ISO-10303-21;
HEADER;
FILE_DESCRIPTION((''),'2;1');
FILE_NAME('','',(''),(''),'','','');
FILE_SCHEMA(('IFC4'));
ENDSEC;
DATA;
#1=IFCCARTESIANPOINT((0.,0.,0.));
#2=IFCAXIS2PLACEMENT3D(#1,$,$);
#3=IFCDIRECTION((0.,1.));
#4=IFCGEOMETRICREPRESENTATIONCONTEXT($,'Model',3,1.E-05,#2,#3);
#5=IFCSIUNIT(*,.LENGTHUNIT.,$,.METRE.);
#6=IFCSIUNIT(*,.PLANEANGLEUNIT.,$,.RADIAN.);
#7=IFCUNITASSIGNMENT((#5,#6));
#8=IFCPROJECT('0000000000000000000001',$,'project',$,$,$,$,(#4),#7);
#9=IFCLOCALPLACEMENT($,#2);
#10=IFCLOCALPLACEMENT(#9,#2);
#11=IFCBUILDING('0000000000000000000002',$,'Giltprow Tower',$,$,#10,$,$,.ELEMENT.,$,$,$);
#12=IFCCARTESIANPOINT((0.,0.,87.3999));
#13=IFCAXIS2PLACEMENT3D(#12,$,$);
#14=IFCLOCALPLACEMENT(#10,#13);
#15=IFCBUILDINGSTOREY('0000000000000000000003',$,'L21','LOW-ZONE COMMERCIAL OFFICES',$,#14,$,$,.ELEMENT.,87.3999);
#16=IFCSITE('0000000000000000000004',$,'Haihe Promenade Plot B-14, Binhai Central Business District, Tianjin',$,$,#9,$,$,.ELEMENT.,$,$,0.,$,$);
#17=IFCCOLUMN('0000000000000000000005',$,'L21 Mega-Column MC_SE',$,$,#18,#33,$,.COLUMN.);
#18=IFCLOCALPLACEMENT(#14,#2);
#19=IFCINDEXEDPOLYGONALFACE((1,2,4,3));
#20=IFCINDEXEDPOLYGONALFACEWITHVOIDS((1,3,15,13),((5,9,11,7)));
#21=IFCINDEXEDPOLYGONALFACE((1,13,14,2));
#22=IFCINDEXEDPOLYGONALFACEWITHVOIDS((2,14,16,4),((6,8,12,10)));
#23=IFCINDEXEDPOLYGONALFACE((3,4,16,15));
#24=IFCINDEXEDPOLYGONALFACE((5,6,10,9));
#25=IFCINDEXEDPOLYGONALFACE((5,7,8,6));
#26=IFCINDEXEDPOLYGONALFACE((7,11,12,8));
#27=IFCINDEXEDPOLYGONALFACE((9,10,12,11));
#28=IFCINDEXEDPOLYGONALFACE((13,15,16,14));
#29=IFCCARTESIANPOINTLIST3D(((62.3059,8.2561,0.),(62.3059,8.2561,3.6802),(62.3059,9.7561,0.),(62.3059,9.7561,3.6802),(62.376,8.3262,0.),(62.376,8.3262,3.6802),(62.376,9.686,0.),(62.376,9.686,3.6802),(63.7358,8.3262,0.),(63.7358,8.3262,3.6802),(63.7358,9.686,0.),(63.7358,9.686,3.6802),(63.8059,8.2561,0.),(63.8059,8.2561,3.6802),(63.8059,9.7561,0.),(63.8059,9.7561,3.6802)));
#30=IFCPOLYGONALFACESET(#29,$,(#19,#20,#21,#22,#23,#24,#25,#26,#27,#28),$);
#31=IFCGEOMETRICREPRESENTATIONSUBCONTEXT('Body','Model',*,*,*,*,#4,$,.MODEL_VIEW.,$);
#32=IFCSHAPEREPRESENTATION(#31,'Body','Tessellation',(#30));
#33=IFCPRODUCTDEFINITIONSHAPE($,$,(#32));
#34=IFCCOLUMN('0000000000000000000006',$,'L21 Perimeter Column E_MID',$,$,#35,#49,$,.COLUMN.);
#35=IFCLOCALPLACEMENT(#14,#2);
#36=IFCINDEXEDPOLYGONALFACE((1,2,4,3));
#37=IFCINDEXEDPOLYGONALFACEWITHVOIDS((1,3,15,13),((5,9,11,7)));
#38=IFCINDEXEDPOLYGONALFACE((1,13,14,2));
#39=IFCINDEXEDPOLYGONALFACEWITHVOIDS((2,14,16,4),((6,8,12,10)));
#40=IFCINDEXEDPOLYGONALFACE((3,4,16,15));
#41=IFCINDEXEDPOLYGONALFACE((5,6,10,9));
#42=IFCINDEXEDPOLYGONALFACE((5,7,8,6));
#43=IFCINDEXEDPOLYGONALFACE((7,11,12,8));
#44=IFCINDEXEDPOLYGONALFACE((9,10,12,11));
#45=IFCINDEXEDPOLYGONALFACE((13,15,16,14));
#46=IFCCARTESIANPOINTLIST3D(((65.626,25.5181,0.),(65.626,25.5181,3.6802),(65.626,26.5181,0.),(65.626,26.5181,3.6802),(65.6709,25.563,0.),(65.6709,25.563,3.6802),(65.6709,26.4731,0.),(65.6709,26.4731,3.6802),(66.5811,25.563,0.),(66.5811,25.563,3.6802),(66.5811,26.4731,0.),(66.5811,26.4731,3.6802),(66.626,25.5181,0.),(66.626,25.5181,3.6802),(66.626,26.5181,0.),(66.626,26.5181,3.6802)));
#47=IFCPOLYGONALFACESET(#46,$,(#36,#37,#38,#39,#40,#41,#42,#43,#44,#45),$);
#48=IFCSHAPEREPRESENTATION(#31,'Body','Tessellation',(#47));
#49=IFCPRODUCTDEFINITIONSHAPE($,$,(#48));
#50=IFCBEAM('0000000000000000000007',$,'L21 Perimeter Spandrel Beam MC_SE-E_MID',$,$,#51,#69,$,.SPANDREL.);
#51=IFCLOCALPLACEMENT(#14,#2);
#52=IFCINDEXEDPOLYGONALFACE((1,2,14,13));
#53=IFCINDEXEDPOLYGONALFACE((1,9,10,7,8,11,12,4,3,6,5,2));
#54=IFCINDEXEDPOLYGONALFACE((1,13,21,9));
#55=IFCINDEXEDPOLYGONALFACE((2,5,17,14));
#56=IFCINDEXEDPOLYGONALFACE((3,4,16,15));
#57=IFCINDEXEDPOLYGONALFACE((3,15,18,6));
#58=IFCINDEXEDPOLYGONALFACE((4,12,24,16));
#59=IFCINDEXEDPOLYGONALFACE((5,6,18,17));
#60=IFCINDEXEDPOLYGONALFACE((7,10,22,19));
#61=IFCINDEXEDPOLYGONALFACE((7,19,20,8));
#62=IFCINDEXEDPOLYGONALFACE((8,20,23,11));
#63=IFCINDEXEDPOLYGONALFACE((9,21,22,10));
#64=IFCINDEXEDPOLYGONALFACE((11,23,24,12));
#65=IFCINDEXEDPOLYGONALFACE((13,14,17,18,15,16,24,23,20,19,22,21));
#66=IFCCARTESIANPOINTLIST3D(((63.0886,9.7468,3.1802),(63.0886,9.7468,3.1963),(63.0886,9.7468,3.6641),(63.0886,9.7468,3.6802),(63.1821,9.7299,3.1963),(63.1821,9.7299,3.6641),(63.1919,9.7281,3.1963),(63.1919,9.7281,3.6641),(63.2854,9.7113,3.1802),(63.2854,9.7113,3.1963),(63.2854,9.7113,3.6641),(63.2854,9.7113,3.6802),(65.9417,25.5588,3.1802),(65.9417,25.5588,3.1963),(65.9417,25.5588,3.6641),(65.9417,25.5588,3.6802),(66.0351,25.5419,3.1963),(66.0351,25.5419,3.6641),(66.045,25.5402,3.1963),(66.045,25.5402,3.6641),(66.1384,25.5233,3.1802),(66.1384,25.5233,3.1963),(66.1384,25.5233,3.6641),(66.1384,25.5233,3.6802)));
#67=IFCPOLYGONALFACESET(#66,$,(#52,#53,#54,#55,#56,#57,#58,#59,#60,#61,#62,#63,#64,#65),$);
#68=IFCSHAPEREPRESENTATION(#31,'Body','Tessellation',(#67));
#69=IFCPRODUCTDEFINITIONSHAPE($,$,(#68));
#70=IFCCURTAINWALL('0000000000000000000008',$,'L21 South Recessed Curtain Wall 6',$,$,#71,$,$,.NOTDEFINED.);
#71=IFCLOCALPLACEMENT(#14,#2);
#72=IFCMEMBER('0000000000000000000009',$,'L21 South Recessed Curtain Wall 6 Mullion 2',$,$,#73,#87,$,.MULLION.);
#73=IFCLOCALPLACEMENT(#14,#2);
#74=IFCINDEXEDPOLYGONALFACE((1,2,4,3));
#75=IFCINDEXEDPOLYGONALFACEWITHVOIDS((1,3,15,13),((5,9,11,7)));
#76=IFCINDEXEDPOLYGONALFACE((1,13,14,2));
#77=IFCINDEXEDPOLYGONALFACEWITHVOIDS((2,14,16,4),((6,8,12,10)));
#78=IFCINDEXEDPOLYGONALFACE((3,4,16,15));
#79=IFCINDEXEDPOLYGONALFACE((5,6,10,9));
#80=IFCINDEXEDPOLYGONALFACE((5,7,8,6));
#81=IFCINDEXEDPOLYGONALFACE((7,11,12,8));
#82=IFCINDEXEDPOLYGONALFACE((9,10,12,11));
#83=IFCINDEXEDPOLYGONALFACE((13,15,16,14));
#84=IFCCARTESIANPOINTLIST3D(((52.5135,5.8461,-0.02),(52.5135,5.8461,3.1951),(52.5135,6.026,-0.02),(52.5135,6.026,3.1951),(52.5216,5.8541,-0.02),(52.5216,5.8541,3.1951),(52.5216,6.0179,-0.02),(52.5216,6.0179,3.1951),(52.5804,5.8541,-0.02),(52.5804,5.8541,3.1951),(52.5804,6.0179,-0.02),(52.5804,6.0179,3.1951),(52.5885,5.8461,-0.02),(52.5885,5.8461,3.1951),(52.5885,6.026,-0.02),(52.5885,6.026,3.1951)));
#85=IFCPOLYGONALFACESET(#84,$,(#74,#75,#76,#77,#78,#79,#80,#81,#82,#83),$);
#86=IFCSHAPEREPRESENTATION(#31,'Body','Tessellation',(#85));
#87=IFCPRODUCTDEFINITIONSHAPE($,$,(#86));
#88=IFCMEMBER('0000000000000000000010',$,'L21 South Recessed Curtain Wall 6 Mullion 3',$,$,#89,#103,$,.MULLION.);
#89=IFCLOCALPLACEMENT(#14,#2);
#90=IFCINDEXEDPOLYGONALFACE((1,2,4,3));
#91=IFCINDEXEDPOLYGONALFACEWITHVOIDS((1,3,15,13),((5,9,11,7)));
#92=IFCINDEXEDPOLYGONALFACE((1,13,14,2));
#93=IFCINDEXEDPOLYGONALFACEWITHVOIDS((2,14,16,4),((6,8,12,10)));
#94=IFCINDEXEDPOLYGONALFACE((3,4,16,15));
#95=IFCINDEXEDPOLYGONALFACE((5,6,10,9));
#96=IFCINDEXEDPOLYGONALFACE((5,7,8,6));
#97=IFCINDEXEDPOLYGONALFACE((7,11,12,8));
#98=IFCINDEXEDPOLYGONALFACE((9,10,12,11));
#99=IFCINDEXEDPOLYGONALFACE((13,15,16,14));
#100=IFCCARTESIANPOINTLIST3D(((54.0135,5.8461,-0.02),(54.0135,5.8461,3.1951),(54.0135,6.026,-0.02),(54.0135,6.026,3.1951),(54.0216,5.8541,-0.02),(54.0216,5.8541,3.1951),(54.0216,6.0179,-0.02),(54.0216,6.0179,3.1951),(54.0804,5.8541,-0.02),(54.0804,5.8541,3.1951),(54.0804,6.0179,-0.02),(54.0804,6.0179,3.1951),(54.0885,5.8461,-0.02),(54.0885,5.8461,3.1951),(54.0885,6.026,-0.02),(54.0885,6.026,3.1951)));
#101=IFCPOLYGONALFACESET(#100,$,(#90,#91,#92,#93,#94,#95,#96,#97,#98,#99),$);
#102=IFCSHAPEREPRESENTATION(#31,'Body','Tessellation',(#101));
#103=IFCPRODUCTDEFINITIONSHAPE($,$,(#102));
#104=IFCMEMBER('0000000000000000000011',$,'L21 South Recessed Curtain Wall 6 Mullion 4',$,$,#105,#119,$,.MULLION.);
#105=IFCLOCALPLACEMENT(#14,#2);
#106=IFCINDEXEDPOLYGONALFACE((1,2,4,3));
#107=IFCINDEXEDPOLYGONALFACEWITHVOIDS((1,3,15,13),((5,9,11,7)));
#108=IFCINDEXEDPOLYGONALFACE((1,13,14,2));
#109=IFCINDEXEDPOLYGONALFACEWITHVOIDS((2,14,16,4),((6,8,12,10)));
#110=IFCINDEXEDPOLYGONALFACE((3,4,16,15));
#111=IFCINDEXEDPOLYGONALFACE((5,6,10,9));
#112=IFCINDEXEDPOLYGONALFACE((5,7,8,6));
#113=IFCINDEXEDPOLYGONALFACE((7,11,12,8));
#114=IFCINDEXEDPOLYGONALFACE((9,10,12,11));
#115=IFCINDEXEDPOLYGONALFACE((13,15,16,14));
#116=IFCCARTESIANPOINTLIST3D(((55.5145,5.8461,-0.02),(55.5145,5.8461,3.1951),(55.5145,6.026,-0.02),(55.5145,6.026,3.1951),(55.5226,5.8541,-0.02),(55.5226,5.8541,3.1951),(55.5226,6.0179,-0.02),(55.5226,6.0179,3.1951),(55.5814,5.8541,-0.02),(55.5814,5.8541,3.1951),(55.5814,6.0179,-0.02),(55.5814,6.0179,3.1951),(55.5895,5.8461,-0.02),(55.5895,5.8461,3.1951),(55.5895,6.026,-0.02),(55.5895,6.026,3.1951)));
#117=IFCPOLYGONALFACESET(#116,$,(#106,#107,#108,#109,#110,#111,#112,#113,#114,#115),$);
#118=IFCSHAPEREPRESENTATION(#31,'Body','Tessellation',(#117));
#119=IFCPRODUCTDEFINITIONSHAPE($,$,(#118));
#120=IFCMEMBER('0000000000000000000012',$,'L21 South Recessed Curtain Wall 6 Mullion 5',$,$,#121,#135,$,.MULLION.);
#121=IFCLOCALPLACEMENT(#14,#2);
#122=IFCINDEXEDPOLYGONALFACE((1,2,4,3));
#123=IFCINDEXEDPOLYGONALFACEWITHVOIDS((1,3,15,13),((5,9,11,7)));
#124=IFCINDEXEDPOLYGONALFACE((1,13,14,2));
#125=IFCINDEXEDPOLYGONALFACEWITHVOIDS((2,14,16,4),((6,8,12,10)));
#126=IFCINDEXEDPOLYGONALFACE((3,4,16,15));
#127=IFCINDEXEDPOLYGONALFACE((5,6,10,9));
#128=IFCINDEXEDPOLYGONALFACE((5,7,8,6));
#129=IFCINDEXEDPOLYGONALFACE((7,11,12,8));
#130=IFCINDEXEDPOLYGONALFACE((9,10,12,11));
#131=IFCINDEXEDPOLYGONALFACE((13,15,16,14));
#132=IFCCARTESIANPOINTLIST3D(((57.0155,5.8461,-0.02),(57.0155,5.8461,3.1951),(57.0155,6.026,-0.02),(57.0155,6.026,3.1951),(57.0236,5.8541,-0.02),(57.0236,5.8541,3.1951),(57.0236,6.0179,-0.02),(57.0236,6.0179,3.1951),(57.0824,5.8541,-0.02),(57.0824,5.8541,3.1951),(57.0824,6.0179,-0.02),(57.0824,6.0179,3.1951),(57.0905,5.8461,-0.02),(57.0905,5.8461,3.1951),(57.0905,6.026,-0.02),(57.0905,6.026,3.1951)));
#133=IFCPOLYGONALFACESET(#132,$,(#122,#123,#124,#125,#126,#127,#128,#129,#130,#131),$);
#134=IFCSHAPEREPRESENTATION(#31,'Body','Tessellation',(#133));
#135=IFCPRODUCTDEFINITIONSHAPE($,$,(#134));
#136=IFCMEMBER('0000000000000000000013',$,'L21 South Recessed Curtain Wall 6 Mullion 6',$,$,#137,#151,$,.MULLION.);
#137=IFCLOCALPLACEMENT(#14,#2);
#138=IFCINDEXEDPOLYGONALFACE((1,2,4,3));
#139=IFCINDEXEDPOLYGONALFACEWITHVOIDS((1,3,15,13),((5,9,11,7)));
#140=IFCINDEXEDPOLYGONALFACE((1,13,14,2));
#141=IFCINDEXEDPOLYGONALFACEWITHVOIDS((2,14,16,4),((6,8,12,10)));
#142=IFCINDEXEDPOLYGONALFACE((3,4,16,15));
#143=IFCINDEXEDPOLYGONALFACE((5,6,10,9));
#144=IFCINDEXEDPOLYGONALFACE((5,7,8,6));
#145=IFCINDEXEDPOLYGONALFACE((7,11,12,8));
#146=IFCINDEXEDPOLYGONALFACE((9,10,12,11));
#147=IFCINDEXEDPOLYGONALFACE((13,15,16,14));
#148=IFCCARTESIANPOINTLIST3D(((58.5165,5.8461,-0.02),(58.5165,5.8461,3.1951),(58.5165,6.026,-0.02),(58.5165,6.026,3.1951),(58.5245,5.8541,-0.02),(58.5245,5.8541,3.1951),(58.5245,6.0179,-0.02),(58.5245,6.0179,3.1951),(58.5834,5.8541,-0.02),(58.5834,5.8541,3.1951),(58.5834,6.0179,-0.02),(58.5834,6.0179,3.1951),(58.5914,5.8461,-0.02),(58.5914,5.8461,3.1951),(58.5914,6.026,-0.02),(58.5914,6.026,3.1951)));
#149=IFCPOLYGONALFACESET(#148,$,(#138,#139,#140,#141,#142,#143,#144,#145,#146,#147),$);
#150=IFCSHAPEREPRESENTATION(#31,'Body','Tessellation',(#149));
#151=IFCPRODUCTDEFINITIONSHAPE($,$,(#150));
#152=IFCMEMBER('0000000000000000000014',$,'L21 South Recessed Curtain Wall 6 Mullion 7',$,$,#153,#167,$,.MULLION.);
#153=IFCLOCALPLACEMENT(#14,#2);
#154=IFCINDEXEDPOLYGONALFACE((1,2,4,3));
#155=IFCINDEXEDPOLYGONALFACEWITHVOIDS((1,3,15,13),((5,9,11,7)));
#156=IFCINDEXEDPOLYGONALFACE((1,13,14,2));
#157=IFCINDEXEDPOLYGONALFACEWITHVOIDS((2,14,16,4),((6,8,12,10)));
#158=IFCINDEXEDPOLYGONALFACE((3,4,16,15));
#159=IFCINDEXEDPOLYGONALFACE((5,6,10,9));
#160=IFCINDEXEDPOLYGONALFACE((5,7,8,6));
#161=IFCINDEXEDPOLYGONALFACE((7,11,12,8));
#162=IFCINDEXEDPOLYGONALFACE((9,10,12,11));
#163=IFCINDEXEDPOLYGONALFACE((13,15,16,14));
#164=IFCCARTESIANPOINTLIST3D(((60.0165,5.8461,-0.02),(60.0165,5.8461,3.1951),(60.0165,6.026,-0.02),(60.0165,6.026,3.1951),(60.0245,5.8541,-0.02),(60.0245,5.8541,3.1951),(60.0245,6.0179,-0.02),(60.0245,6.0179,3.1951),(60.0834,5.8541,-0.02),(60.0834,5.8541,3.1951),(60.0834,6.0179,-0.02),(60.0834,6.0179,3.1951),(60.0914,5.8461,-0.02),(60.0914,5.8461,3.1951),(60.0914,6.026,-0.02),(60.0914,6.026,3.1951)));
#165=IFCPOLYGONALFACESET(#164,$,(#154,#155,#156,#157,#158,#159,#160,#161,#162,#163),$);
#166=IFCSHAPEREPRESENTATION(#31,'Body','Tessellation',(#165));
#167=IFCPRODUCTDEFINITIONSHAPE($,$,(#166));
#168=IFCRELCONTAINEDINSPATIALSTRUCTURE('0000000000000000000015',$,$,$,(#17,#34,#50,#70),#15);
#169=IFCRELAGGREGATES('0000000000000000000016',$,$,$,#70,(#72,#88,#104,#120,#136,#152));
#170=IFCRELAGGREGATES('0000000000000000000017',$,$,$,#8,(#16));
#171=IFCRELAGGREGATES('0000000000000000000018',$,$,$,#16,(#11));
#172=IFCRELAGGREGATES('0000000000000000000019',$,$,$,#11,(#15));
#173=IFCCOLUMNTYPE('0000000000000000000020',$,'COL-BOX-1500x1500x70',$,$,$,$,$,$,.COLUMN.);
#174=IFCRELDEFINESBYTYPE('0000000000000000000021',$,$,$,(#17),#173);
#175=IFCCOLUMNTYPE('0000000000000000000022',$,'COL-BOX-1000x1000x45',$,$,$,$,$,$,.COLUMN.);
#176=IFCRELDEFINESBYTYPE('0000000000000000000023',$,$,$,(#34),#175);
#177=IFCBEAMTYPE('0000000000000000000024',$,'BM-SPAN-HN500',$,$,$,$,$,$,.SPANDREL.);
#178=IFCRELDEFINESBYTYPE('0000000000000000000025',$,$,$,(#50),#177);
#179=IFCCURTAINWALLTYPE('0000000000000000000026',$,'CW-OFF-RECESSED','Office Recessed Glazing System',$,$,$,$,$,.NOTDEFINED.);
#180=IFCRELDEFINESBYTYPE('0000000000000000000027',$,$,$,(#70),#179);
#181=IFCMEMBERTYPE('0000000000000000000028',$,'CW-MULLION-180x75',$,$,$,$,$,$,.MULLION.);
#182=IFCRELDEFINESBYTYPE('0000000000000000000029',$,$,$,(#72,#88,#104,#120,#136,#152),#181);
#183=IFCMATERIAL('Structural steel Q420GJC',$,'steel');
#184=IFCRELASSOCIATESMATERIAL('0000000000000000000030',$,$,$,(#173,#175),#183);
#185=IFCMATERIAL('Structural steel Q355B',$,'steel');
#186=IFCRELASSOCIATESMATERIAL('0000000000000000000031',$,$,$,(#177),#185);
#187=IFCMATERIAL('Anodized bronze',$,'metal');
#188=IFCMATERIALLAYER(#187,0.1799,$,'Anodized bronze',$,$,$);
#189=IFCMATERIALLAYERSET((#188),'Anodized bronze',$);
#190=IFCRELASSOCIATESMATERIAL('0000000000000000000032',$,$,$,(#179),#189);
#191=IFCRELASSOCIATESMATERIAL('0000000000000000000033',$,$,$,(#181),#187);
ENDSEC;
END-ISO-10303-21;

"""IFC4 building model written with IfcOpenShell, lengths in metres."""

from ifc_helpers import new_model, si_unit, direction, frame, origin, origin_2d, place, context, subcontext, project, spatial, hollow_rectangle, i_section, extrude, source, transform, mapped, material, layer, layer_set, material_profile, profile_set, type_object, element, aggregate, save


model = new_model("IFC4")

# Units and contexts
model_context = context("Model", 3, precision=1e-05, world=origin(), true_north=direction((0.0, 1.0)))
body_context = subcontext(model_context, "Body", "Model", "MODEL_VIEW")
ifc_project = project(units=[si_unit("LENGTHUNIT", "METRE"), si_unit("PLANEANGLEUNIT", "RADIAN")], contexts=[model_context])

# Site, building, storey
site_placement = place(None, origin())
site = spatial("IfcSite", under=ifc_project, at=site_placement, Name="Haihe Promenade Plot B-14, Binhai Central Business District, Tianjin", CompositionType="ELEMENT", RefElevation=0.0)
building_placement = place(site_placement, origin())
building = spatial("IfcBuilding", under=site, at=building_placement, Name="Giltprow Tower", CompositionType="ELEMENT")
storey_placement = place(building_placement, frame((0.0, 0.0, 87.3999)))
storey = spatial("IfcBuildingStorey", under=building, at=storey_placement, Name="L21", Description="LOW-ZONE COMMERCIAL OFFICES", CompositionType="ELEMENT", Elevation=87.3999)

# Columns
ifc_material_1 = material(Name="Structural steel Q420GJC", Category="steel")
ifc_material_profile_1 = material_profile(ifc_material_1, hollow_rectangle(XDim=1.5, YDim=1.5, WallThickness=0.0701, at=origin_2d()), Name="BOX 1500x1500x70")
ifc_profile_set_1 = profile_set([ifc_material_profile_1], Name="Structural steel Q420GJC")
column_type_1 = type_object("IfcColumnType", Name="COL-BOX-1500x1500x70", PredefinedType="COLUMN", material=ifc_profile_set_1)
shared_shape_1 = source(origin(), body_context, "Body", "SweptSolid", [
    extrude(hollow_rectangle(XDim=1.5, YDim=1.5, WallThickness=0.0701, at=origin_2d()), origin(), (0.0, 0.0, 1.0), 3.6802),
])
column_1_placement = place(storey_placement, frame((63.0559, 9.0061, 0.0), z_axis=(0.0, 0.0, 1.0), x_axis=(1.0, 0.0, 0.0)))
element("IfcColumn", 1, at=column_1_placement, inside=storey, type_object=column_type_1, Name="L21 Mega-Column MC_SE", PredefinedType="COLUMN", context=body_context, shape_type="MappedRepresentation", body=[
    mapped(shared_shape_1, transform((0.0, 0.0, 0.0), x_axis=(1.0, 0.0, 0.0), y_axis=(0.0, 1.0, 0.0), z_axis=(0.0, 0.0, 1.0), scale=1.0)),
])
ifc_material_profile_2 = material_profile(ifc_material_1, hollow_rectangle(XDim=1.0, YDim=1.0, WallThickness=0.0449, at=origin_2d()), Name="BOX 1000x1000x45")
ifc_profile_set_2 = profile_set([ifc_material_profile_2], Name="Structural steel Q420GJC")
column_type_2 = type_object("IfcColumnType", Name="COL-BOX-1000x1000x45", PredefinedType="COLUMN", material=ifc_profile_set_2)
shared_shape_2 = source(origin(), body_context, "Body", "SweptSolid", [
    extrude(hollow_rectangle(XDim=1.0, YDim=1.0, WallThickness=0.0449, at=origin_2d()), origin(), (0.0, 0.0, 1.0), 3.6802),
])
column_2_placement = place(storey_placement, frame((66.126, 26.0181, 0.0), z_axis=(0.0, 0.0, 1.0), x_axis=(1.0, 0.0, 0.0)))
element("IfcColumn", 2, at=column_2_placement, inside=storey, type_object=column_type_2, Name="L21 Perimeter Column E_MID", PredefinedType="COLUMN", context=body_context, shape_type="MappedRepresentation", body=[
    mapped(shared_shape_2, transform((0.0, 0.0, 0.0), x_axis=(1.0, 0.0, 0.0), y_axis=(0.0, 1.0, 0.0), z_axis=(0.0, 0.0, 1.0), scale=1.0)),
])

# Beam
ifc_material_2 = material(Name="Structural steel Q355B", Category="steel")
ifc_material_profile_3 = material_profile(ifc_material_2, i_section(OverallWidth=0.2, OverallDepth=0.5, WebThickness=0.01, FlangeThickness=0.0161, at=origin_2d()), Name="HN 500x200x10x16")
ifc_profile_set_3 = profile_set([ifc_material_profile_3], Name="Structural steel Q355B")
beam_type = type_object("IfcBeamType", Name="BM-SPAN-HN500", PredefinedType="SPANDREL", material=ifc_profile_set_3)
shared_shape_3 = source(origin(), body_context, "Body", "SweptSolid", [
    extrude(i_section(OverallWidth=0.2, OverallDepth=0.5, WebThickness=0.01, FlangeThickness=0.0161, at=origin_2d()), origin(), (0.0, 0.0, 1.0), 16.0674),
])
beam_placement = place(storey_placement, frame((63.187, 9.729, 3.4302), z_axis=(0.177567, 0.984109, 0.0), x_axis=(-0.984109, 0.177567, 0.0)))
element("IfcBeam", 3, at=beam_placement, inside=storey, type_object=beam_type, Name="L21 Perimeter Spandrel Beam MC_SE-E_MID", PredefinedType="SPANDREL", context=body_context, shape_type="MappedRepresentation", body=[
    mapped(shared_shape_3, transform((0.0, 0.0, 0.0), x_axis=(1.0, 0.0, 0.0), y_axis=(0.0, 1.0, 0.0), z_axis=(0.0, 0.0, 1.0), scale=1.0)),
])

# Curtain wall, members
ifc_material_3 = material(Name="Anodized bronze", Category="metal")
ifc_layer_1 = layer(ifc_material_3, 0.1799, Name="Anodized bronze")
ifc_layer_set_1 = layer_set([ifc_layer_1], Name="Anodized bronze")
curtain_wall_type = type_object("IfcCurtainWallType", Name="CW-OFF-RECESSED", Description="Office Recessed Glazing System", PredefinedType="NOTDEFINED", material=ifc_layer_set_1)
curtain_wall_placement = place(storey_placement, origin())
curtain_wall = element("IfcCurtainWall", 4, at=curtain_wall_placement, inside=storey, type_object=curtain_wall_type, Name="L21 South Recessed Curtain Wall 6", PredefinedType="NOTDEFINED")
ifc_material_profile_4 = material_profile(ifc_material_3, hollow_rectangle(XDim=0.075, YDim=0.1799, WallThickness=0.0081, at=origin_2d()), Name="RHS 180x75x8")
ifc_profile_set_4 = profile_set([ifc_material_profile_4], Name="Anodized bronze")
member_type = type_object("IfcMemberType", Name="CW-MULLION-180x75", PredefinedType="MULLION", material=ifc_profile_set_4)
shared_shape_4 = source(origin(), body_context, "Body", "SweptSolid", [
    extrude(hollow_rectangle(XDim=0.075, YDim=0.1799, WallThickness=0.0081, at=origin_2d()), origin(), (0.0, 0.0, 1.0), 3.2151),
])
member_1_placement = place(storey_placement, frame((52.551, 5.936, -0.02), z_axis=(0.0, 0.0, 1.0), x_axis=(1.0, 0.0, 0.0)))
member_1 = element("IfcMember", 5, at=member_1_placement, type_object=member_type, Name="L21 South Recessed Curtain Wall 6 Mullion 2", PredefinedType="MULLION", context=body_context, shape_type="MappedRepresentation", body=[
    mapped(shared_shape_4, transform((0.0, 0.0, 0.0), x_axis=(1.0, 0.0, 0.0), y_axis=(0.0, 1.0, 0.0), z_axis=(0.0, 0.0, 1.0), scale=1.0)),
])
member_2_placement = place(storey_placement, frame((54.051, 5.936, -0.02), z_axis=(0.0, 0.0, 1.0), x_axis=(1.0, 0.0, 0.0)))
member_2 = element("IfcMember", 6, at=member_2_placement, type_object=member_type, Name="L21 South Recessed Curtain Wall 6 Mullion 3", PredefinedType="MULLION", context=body_context, shape_type="MappedRepresentation", body=[
    mapped(shared_shape_4, transform((0.0, 0.0, 0.0), x_axis=(1.0, 0.0, 0.0), y_axis=(0.0, 1.0, 0.0), z_axis=(0.0, 0.0, 1.0), scale=1.0)),
])
member_3_placement = place(storey_placement, frame((55.552, 5.936, -0.02), z_axis=(0.0, 0.0, 1.0), x_axis=(1.0, 0.0, 0.0)))
member_3 = element("IfcMember", 7, at=member_3_placement, type_object=member_type, Name="L21 South Recessed Curtain Wall 6 Mullion 4", PredefinedType="MULLION", context=body_context, shape_type="MappedRepresentation", body=[
    mapped(shared_shape_4, transform((0.0, 0.0, 0.0), x_axis=(1.0, 0.0, 0.0), y_axis=(0.0, 1.0, 0.0), z_axis=(0.0, 0.0, 1.0), scale=1.0)),
])
member_4_placement = place(storey_placement, frame((57.053, 5.936, -0.02), z_axis=(0.0, 0.0, 1.0), x_axis=(1.0, 0.0, 0.0)))
member_4 = element("IfcMember", 8, at=member_4_placement, type_object=member_type, Name="L21 South Recessed Curtain Wall 6 Mullion 5", PredefinedType="MULLION", context=body_context, shape_type="MappedRepresentation", body=[
    mapped(shared_shape_4, transform((0.0, 0.0, 0.0), x_axis=(1.0, 0.0, 0.0), y_axis=(0.0, 1.0, 0.0), z_axis=(0.0, 0.0, 1.0), scale=1.0)),
])
member_5_placement = place(storey_placement, frame((58.554, 5.936, -0.02), z_axis=(0.0, 0.0, 1.0), x_axis=(1.0, 0.0, 0.0)))
member_5 = element("IfcMember", 9, at=member_5_placement, type_object=member_type, Name="L21 South Recessed Curtain Wall 6 Mullion 6", PredefinedType="MULLION", context=body_context, shape_type="MappedRepresentation", body=[
    mapped(shared_shape_4, transform((0.0, 0.0, 0.0), x_axis=(1.0, 0.0, 0.0), y_axis=(0.0, 1.0, 0.0), z_axis=(0.0, 0.0, 1.0), scale=1.0)),
])
member_6_placement = place(storey_placement, frame((60.054, 5.936, -0.02), z_axis=(0.0, 0.0, 1.0), x_axis=(1.0, 0.0, 0.0)))
member_6 = element("IfcMember", 10, at=member_6_placement, type_object=member_type, Name="L21 South Recessed Curtain Wall 6 Mullion 7", PredefinedType="MULLION", context=body_context, shape_type="MappedRepresentation", body=[
    mapped(shared_shape_4, transform((0.0, 0.0, 0.0), x_axis=(1.0, 0.0, 0.0), y_axis=(0.0, 1.0, 0.0), z_axis=(0.0, 0.0, 1.0), scale=1.0)),
])
aggregate(curtain_wall, [member_1, member_2, member_3, member_4, member_5, member_6])

save(model, "model.ifc")
